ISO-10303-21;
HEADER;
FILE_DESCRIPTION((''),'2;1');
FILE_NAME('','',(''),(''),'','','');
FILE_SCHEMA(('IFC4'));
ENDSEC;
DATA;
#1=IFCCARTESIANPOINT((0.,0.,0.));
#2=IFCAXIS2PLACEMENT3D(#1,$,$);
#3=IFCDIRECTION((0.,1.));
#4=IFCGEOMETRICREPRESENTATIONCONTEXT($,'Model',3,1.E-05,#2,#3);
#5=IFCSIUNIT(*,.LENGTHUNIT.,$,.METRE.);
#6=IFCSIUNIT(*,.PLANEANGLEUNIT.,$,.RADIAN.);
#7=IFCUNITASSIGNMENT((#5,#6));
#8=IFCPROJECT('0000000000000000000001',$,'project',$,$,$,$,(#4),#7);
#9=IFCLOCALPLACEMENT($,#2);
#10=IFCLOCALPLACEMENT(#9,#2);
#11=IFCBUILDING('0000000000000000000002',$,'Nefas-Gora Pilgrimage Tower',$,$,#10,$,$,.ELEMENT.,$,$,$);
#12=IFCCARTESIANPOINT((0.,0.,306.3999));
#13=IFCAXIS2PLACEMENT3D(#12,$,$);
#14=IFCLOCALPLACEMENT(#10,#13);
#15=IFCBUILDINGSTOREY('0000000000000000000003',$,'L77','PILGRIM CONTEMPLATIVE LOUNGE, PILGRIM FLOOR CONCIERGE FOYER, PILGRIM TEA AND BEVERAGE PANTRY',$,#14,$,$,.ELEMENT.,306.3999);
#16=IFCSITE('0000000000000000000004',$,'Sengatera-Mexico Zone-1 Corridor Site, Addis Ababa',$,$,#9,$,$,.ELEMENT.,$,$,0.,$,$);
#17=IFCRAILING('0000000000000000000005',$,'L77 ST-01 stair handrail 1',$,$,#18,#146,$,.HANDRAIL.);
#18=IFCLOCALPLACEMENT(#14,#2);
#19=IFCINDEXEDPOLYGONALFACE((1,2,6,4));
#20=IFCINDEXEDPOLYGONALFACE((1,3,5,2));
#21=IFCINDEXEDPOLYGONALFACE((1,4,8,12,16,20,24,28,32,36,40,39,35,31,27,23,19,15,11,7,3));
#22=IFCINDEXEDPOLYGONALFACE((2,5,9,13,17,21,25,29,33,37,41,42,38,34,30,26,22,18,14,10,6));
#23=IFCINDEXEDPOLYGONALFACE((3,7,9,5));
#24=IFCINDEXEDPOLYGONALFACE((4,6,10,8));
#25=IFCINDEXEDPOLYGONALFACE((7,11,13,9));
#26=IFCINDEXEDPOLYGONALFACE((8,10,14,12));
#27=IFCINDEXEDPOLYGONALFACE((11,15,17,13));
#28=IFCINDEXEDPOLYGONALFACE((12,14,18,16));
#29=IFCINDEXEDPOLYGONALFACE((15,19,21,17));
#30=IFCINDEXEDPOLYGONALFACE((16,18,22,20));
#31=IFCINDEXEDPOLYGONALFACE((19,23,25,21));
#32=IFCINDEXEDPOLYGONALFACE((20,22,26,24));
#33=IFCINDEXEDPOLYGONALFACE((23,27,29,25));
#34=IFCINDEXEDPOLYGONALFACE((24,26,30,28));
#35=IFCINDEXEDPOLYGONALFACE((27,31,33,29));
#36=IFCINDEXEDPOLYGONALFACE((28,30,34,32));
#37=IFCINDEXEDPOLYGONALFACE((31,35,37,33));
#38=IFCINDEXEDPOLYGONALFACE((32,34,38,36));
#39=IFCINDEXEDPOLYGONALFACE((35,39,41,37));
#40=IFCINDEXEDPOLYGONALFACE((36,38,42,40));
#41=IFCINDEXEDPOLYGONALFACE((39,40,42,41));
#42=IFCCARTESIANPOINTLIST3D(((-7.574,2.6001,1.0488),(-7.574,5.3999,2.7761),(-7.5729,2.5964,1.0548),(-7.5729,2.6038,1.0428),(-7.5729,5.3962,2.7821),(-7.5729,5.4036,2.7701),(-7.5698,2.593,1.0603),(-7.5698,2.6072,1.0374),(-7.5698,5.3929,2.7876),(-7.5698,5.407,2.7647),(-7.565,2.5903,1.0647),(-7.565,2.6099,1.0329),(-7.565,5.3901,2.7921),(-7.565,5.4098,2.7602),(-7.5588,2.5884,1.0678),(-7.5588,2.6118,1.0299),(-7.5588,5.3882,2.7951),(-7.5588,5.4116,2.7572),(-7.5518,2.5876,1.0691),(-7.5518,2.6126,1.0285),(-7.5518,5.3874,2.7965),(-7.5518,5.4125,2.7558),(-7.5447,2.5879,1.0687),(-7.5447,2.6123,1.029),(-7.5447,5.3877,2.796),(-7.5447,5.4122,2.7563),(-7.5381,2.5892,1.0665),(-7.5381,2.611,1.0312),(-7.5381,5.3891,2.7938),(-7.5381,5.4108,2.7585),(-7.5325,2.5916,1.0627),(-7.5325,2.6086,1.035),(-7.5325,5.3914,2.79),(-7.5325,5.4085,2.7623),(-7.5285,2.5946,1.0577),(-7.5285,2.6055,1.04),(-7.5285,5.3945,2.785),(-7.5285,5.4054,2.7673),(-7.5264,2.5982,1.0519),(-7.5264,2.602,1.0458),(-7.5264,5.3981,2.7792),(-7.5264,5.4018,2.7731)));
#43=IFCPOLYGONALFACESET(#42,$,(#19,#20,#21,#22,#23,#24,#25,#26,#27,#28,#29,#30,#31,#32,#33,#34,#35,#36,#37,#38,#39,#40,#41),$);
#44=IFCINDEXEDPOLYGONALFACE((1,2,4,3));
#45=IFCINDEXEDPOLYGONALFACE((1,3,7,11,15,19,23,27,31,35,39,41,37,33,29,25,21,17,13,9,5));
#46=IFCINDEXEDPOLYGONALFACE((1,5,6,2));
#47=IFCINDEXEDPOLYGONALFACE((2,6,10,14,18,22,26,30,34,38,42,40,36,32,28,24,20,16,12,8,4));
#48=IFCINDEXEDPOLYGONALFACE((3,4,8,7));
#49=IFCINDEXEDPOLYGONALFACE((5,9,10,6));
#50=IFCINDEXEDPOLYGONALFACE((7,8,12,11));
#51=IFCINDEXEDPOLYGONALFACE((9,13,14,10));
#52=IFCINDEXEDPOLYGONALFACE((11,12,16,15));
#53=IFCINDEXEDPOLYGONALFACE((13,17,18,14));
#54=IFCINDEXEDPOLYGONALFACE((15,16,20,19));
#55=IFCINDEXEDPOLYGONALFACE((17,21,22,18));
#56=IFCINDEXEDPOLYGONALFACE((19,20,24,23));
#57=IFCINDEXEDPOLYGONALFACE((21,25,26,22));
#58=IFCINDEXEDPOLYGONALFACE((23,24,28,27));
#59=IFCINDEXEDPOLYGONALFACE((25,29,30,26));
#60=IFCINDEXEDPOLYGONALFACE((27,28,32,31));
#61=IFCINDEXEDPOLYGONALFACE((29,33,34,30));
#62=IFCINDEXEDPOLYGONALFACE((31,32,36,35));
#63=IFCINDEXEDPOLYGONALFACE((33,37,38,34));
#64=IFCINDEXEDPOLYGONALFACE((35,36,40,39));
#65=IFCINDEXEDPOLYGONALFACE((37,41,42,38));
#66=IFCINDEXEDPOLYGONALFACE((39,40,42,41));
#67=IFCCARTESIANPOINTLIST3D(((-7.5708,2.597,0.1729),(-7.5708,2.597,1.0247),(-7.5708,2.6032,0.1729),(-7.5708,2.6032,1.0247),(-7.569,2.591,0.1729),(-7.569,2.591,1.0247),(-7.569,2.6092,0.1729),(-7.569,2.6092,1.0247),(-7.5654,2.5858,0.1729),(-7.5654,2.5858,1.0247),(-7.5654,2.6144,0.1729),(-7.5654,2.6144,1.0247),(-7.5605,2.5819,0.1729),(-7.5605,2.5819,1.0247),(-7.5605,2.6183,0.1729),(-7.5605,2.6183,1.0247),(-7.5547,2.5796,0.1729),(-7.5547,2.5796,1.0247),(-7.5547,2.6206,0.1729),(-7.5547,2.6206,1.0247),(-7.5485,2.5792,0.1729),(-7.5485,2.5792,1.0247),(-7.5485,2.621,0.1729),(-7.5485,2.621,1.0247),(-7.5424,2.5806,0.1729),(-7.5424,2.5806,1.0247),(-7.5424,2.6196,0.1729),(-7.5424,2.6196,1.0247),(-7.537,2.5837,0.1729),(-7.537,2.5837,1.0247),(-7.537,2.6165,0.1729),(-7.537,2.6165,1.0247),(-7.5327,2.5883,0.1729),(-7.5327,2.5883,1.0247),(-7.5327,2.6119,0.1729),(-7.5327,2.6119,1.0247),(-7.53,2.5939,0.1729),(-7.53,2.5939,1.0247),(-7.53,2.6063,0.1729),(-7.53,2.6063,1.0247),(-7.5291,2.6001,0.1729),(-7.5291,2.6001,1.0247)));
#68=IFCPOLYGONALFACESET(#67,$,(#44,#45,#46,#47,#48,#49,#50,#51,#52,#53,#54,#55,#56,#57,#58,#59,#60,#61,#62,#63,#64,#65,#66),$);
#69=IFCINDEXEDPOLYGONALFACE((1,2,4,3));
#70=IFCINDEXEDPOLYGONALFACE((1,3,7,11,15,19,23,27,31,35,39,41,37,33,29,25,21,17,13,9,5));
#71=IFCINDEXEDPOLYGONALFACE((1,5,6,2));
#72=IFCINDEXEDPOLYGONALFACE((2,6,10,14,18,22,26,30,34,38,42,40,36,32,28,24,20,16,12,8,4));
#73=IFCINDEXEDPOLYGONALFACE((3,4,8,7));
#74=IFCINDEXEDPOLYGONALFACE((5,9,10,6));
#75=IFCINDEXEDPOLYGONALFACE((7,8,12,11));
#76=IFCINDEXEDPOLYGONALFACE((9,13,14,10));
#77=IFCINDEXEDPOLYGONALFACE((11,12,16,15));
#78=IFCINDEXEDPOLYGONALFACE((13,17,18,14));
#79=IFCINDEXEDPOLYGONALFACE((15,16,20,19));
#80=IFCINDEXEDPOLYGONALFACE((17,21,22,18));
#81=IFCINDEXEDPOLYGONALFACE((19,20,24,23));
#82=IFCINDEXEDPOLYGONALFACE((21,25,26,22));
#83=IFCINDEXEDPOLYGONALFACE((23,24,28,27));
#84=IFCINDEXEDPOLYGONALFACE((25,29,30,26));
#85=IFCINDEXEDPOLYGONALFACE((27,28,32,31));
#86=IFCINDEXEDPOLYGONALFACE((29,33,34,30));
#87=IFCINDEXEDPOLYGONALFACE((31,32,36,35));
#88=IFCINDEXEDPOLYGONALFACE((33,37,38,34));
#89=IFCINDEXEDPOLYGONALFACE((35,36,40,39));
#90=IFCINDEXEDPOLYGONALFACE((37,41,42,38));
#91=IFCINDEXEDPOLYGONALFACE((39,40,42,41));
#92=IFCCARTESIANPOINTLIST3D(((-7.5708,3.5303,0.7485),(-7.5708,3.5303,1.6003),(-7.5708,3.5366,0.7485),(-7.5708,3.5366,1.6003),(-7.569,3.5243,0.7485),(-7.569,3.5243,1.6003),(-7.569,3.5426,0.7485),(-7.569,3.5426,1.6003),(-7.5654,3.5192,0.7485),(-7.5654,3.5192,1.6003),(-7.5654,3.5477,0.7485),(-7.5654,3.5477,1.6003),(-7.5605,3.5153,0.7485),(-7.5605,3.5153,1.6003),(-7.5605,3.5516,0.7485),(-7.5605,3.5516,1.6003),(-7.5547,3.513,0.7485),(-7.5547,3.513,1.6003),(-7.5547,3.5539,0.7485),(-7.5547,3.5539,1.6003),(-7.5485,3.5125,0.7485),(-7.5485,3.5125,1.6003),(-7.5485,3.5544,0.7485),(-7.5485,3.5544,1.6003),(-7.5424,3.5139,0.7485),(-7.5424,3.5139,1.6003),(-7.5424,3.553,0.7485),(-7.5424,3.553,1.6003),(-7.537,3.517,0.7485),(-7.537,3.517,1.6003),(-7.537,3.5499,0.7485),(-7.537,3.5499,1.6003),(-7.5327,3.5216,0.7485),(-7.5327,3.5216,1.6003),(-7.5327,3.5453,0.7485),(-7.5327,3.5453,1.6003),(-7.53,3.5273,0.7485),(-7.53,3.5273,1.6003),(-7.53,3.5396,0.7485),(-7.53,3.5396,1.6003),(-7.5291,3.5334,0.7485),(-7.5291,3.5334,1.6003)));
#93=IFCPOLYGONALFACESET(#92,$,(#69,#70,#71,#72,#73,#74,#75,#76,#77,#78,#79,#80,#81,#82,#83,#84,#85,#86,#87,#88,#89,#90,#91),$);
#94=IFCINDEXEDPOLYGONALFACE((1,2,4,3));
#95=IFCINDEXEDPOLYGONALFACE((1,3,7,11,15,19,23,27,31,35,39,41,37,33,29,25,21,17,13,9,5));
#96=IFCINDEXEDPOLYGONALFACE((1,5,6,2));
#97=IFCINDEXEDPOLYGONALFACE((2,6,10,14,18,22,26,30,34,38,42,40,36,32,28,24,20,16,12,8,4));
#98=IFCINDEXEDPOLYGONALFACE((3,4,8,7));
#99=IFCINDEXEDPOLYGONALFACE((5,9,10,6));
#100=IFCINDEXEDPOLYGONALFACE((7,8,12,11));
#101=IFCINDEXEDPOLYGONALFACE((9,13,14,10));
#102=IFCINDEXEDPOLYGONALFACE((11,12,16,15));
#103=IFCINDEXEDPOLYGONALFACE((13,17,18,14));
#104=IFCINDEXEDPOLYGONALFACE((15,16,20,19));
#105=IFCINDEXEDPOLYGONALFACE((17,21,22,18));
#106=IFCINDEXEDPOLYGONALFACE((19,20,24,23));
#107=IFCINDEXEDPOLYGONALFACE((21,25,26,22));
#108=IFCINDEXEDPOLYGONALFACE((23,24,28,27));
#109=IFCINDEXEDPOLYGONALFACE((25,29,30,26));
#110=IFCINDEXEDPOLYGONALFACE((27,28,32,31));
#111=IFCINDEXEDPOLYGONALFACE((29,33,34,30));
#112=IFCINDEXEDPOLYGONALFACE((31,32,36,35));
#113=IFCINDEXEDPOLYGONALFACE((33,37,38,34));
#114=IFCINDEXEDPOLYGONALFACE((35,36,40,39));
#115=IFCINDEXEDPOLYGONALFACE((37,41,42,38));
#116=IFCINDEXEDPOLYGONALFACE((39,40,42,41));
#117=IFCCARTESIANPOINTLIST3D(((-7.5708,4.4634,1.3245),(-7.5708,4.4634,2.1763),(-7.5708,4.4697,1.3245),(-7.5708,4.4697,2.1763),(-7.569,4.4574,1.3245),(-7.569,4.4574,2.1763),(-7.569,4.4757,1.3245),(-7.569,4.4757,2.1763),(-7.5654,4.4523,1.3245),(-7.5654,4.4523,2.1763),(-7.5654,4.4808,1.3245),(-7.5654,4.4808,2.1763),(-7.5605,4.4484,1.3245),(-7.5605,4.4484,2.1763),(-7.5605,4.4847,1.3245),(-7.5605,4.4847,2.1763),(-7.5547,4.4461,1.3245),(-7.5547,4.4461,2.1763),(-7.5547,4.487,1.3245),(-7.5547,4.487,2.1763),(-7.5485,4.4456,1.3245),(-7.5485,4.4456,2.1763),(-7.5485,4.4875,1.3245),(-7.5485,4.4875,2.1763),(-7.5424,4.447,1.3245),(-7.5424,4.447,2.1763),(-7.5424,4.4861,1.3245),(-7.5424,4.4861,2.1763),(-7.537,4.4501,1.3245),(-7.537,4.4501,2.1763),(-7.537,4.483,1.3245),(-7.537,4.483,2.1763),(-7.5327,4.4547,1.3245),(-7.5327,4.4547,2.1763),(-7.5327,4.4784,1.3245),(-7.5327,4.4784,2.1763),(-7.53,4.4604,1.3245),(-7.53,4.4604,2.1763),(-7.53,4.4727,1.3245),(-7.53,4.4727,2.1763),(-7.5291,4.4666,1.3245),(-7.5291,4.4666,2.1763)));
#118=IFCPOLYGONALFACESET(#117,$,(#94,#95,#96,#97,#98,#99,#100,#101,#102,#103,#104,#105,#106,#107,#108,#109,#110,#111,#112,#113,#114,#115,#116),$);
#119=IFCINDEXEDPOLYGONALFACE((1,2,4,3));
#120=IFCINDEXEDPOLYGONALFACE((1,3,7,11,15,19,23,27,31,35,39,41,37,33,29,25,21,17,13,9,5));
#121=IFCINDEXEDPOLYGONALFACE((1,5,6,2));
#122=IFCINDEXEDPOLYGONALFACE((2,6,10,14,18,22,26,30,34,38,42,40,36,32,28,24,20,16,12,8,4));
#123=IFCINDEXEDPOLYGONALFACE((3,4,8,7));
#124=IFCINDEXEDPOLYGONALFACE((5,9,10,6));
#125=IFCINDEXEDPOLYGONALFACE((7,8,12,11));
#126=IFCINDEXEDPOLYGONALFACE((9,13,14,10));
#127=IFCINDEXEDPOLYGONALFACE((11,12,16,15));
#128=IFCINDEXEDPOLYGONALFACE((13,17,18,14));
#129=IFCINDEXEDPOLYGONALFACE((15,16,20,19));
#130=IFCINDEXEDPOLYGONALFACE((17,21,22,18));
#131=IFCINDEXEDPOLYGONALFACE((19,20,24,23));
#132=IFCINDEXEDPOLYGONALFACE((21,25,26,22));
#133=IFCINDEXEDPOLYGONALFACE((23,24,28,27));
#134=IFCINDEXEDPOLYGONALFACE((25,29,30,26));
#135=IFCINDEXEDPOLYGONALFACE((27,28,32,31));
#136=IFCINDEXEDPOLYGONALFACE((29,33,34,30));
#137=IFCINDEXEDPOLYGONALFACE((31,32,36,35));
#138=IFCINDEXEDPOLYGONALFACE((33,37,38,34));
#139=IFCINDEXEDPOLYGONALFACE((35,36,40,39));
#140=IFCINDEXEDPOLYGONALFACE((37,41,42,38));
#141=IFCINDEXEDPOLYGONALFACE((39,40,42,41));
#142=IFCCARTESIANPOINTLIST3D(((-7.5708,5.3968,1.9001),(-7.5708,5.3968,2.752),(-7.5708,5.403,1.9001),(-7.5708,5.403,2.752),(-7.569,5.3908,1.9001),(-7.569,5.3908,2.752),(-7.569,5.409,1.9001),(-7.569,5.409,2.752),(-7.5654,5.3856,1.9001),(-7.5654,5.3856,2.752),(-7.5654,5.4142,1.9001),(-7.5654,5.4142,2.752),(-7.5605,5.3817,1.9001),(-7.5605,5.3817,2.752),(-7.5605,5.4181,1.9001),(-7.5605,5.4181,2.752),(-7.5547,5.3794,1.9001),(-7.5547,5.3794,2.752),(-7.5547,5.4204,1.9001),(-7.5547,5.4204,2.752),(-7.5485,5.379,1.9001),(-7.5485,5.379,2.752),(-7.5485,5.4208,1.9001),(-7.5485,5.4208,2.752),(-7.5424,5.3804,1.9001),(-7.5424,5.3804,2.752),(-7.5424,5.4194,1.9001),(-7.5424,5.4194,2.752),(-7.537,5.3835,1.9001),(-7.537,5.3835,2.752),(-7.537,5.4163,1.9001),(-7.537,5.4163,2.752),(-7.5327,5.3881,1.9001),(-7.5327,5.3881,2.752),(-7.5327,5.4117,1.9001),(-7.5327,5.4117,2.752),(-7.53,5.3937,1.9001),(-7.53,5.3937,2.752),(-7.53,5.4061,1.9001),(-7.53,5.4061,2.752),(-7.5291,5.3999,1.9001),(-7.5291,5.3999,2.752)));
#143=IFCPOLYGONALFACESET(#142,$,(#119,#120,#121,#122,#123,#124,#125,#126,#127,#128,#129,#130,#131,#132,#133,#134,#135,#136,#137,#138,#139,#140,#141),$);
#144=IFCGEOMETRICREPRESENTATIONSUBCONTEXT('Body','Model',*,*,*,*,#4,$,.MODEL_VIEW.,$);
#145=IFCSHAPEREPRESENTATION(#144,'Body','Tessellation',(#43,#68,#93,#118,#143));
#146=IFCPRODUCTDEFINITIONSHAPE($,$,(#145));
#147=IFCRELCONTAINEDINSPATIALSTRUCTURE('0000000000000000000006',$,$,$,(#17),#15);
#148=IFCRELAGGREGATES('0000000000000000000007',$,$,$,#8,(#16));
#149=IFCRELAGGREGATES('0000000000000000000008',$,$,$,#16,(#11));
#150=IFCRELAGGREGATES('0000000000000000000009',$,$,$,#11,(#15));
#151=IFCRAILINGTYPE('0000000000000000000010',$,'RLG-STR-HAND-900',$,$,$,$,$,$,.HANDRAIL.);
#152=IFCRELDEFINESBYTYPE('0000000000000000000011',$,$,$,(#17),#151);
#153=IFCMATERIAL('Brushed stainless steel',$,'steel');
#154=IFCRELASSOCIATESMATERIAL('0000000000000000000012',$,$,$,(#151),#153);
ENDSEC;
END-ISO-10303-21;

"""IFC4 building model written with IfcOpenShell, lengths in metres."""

from ifc_helpers import new_model, si_unit, direction, frame, origin, origin_2d, place, context, subcontext, project, spatial, circle, extrude, material, type_object, element, save


model = new_model("IFC4")

# Units and contexts
model_context = context("Model", 3, precision=1e-05, world=origin(), true_north=direction((0.0, 1.0)))
body_context = subcontext(model_context, "Body", "Model", "MODEL_VIEW")
ifc_project = project(units=[si_unit("LENGTHUNIT", "METRE"), si_unit("PLANEANGLEUNIT", "RADIAN")], contexts=[model_context])

# Site, building, storey
site_placement = place(None, origin())
site = spatial("IfcSite", under=ifc_project, at=site_placement, Name="Sengatera-Mexico Zone-1 Corridor Site, Addis Ababa", CompositionType="ELEMENT", RefElevation=0.0)
building_placement = place(site_placement, origin())
building = spatial("IfcBuilding", under=site, at=building_placement, Name="Nefas-Gora Pilgrimage Tower", CompositionType="ELEMENT")
storey_placement = place(building_placement, frame((0.0, 0.0, 306.3999)))
storey = spatial("IfcBuildingStorey", under=building, at=storey_placement, Name="L77", Description="PILGRIM CONTEMPLATIVE LOUNGE, PILGRIM FLOOR CONCIERGE FOYER, PILGRIM TEA AND BEVERAGE PANTRY", CompositionType="ELEMENT", Elevation=306.3999)

# Railing
ifc_material_1 = material(Name="Brushed stainless steel", Category="steel")
railing_type_1 = type_object("IfcRailingType", Name="RLG-STR-HAND-900", PredefinedType="HANDRAIL", material=ifc_material_1)
railing_1_placement = place(storey_placement, frame((-7.55, 2.6001, 0.1729)))
element("IfcRailing", 1, at=railing_1_placement, inside=storey, type_object=railing_type_1, Name="L77 ST-01 stair handrail 1", PredefinedType="HANDRAIL", context=body_context, shape_type="SweptSolid", body=[
    extrude(circle(Radius=0.0239, at=origin_2d()), frame((0.0, 0.0, 0.876), z_axis=(0.0, 0.851069, 0.525054), x_axis=(-1.0, 0.0, 0.0)), (0.0, 0.0, 1.0), 3.2898),
    extrude(circle(Radius=0.021, at=origin_2d()), origin(), (0.0, 0.0, 1.0), 0.8518),
    extrude(circle(Radius=0.021, at=origin_2d()), frame((0.0, 0.9333, 0.5757)), (0.0, 0.0, 1.0), 0.8518),
    extrude(circle(Radius=0.021, at=origin_2d()), frame((0.0, 1.8665, 1.1516)), (0.0, 0.0, 1.0), 0.8518),
    extrude(circle(Radius=0.021, at=origin_2d()), frame((0.0, 2.7998, 1.7273)), (0.0, 0.0, 1.0), 0.8518),
])

save(model, "model.ifc")
